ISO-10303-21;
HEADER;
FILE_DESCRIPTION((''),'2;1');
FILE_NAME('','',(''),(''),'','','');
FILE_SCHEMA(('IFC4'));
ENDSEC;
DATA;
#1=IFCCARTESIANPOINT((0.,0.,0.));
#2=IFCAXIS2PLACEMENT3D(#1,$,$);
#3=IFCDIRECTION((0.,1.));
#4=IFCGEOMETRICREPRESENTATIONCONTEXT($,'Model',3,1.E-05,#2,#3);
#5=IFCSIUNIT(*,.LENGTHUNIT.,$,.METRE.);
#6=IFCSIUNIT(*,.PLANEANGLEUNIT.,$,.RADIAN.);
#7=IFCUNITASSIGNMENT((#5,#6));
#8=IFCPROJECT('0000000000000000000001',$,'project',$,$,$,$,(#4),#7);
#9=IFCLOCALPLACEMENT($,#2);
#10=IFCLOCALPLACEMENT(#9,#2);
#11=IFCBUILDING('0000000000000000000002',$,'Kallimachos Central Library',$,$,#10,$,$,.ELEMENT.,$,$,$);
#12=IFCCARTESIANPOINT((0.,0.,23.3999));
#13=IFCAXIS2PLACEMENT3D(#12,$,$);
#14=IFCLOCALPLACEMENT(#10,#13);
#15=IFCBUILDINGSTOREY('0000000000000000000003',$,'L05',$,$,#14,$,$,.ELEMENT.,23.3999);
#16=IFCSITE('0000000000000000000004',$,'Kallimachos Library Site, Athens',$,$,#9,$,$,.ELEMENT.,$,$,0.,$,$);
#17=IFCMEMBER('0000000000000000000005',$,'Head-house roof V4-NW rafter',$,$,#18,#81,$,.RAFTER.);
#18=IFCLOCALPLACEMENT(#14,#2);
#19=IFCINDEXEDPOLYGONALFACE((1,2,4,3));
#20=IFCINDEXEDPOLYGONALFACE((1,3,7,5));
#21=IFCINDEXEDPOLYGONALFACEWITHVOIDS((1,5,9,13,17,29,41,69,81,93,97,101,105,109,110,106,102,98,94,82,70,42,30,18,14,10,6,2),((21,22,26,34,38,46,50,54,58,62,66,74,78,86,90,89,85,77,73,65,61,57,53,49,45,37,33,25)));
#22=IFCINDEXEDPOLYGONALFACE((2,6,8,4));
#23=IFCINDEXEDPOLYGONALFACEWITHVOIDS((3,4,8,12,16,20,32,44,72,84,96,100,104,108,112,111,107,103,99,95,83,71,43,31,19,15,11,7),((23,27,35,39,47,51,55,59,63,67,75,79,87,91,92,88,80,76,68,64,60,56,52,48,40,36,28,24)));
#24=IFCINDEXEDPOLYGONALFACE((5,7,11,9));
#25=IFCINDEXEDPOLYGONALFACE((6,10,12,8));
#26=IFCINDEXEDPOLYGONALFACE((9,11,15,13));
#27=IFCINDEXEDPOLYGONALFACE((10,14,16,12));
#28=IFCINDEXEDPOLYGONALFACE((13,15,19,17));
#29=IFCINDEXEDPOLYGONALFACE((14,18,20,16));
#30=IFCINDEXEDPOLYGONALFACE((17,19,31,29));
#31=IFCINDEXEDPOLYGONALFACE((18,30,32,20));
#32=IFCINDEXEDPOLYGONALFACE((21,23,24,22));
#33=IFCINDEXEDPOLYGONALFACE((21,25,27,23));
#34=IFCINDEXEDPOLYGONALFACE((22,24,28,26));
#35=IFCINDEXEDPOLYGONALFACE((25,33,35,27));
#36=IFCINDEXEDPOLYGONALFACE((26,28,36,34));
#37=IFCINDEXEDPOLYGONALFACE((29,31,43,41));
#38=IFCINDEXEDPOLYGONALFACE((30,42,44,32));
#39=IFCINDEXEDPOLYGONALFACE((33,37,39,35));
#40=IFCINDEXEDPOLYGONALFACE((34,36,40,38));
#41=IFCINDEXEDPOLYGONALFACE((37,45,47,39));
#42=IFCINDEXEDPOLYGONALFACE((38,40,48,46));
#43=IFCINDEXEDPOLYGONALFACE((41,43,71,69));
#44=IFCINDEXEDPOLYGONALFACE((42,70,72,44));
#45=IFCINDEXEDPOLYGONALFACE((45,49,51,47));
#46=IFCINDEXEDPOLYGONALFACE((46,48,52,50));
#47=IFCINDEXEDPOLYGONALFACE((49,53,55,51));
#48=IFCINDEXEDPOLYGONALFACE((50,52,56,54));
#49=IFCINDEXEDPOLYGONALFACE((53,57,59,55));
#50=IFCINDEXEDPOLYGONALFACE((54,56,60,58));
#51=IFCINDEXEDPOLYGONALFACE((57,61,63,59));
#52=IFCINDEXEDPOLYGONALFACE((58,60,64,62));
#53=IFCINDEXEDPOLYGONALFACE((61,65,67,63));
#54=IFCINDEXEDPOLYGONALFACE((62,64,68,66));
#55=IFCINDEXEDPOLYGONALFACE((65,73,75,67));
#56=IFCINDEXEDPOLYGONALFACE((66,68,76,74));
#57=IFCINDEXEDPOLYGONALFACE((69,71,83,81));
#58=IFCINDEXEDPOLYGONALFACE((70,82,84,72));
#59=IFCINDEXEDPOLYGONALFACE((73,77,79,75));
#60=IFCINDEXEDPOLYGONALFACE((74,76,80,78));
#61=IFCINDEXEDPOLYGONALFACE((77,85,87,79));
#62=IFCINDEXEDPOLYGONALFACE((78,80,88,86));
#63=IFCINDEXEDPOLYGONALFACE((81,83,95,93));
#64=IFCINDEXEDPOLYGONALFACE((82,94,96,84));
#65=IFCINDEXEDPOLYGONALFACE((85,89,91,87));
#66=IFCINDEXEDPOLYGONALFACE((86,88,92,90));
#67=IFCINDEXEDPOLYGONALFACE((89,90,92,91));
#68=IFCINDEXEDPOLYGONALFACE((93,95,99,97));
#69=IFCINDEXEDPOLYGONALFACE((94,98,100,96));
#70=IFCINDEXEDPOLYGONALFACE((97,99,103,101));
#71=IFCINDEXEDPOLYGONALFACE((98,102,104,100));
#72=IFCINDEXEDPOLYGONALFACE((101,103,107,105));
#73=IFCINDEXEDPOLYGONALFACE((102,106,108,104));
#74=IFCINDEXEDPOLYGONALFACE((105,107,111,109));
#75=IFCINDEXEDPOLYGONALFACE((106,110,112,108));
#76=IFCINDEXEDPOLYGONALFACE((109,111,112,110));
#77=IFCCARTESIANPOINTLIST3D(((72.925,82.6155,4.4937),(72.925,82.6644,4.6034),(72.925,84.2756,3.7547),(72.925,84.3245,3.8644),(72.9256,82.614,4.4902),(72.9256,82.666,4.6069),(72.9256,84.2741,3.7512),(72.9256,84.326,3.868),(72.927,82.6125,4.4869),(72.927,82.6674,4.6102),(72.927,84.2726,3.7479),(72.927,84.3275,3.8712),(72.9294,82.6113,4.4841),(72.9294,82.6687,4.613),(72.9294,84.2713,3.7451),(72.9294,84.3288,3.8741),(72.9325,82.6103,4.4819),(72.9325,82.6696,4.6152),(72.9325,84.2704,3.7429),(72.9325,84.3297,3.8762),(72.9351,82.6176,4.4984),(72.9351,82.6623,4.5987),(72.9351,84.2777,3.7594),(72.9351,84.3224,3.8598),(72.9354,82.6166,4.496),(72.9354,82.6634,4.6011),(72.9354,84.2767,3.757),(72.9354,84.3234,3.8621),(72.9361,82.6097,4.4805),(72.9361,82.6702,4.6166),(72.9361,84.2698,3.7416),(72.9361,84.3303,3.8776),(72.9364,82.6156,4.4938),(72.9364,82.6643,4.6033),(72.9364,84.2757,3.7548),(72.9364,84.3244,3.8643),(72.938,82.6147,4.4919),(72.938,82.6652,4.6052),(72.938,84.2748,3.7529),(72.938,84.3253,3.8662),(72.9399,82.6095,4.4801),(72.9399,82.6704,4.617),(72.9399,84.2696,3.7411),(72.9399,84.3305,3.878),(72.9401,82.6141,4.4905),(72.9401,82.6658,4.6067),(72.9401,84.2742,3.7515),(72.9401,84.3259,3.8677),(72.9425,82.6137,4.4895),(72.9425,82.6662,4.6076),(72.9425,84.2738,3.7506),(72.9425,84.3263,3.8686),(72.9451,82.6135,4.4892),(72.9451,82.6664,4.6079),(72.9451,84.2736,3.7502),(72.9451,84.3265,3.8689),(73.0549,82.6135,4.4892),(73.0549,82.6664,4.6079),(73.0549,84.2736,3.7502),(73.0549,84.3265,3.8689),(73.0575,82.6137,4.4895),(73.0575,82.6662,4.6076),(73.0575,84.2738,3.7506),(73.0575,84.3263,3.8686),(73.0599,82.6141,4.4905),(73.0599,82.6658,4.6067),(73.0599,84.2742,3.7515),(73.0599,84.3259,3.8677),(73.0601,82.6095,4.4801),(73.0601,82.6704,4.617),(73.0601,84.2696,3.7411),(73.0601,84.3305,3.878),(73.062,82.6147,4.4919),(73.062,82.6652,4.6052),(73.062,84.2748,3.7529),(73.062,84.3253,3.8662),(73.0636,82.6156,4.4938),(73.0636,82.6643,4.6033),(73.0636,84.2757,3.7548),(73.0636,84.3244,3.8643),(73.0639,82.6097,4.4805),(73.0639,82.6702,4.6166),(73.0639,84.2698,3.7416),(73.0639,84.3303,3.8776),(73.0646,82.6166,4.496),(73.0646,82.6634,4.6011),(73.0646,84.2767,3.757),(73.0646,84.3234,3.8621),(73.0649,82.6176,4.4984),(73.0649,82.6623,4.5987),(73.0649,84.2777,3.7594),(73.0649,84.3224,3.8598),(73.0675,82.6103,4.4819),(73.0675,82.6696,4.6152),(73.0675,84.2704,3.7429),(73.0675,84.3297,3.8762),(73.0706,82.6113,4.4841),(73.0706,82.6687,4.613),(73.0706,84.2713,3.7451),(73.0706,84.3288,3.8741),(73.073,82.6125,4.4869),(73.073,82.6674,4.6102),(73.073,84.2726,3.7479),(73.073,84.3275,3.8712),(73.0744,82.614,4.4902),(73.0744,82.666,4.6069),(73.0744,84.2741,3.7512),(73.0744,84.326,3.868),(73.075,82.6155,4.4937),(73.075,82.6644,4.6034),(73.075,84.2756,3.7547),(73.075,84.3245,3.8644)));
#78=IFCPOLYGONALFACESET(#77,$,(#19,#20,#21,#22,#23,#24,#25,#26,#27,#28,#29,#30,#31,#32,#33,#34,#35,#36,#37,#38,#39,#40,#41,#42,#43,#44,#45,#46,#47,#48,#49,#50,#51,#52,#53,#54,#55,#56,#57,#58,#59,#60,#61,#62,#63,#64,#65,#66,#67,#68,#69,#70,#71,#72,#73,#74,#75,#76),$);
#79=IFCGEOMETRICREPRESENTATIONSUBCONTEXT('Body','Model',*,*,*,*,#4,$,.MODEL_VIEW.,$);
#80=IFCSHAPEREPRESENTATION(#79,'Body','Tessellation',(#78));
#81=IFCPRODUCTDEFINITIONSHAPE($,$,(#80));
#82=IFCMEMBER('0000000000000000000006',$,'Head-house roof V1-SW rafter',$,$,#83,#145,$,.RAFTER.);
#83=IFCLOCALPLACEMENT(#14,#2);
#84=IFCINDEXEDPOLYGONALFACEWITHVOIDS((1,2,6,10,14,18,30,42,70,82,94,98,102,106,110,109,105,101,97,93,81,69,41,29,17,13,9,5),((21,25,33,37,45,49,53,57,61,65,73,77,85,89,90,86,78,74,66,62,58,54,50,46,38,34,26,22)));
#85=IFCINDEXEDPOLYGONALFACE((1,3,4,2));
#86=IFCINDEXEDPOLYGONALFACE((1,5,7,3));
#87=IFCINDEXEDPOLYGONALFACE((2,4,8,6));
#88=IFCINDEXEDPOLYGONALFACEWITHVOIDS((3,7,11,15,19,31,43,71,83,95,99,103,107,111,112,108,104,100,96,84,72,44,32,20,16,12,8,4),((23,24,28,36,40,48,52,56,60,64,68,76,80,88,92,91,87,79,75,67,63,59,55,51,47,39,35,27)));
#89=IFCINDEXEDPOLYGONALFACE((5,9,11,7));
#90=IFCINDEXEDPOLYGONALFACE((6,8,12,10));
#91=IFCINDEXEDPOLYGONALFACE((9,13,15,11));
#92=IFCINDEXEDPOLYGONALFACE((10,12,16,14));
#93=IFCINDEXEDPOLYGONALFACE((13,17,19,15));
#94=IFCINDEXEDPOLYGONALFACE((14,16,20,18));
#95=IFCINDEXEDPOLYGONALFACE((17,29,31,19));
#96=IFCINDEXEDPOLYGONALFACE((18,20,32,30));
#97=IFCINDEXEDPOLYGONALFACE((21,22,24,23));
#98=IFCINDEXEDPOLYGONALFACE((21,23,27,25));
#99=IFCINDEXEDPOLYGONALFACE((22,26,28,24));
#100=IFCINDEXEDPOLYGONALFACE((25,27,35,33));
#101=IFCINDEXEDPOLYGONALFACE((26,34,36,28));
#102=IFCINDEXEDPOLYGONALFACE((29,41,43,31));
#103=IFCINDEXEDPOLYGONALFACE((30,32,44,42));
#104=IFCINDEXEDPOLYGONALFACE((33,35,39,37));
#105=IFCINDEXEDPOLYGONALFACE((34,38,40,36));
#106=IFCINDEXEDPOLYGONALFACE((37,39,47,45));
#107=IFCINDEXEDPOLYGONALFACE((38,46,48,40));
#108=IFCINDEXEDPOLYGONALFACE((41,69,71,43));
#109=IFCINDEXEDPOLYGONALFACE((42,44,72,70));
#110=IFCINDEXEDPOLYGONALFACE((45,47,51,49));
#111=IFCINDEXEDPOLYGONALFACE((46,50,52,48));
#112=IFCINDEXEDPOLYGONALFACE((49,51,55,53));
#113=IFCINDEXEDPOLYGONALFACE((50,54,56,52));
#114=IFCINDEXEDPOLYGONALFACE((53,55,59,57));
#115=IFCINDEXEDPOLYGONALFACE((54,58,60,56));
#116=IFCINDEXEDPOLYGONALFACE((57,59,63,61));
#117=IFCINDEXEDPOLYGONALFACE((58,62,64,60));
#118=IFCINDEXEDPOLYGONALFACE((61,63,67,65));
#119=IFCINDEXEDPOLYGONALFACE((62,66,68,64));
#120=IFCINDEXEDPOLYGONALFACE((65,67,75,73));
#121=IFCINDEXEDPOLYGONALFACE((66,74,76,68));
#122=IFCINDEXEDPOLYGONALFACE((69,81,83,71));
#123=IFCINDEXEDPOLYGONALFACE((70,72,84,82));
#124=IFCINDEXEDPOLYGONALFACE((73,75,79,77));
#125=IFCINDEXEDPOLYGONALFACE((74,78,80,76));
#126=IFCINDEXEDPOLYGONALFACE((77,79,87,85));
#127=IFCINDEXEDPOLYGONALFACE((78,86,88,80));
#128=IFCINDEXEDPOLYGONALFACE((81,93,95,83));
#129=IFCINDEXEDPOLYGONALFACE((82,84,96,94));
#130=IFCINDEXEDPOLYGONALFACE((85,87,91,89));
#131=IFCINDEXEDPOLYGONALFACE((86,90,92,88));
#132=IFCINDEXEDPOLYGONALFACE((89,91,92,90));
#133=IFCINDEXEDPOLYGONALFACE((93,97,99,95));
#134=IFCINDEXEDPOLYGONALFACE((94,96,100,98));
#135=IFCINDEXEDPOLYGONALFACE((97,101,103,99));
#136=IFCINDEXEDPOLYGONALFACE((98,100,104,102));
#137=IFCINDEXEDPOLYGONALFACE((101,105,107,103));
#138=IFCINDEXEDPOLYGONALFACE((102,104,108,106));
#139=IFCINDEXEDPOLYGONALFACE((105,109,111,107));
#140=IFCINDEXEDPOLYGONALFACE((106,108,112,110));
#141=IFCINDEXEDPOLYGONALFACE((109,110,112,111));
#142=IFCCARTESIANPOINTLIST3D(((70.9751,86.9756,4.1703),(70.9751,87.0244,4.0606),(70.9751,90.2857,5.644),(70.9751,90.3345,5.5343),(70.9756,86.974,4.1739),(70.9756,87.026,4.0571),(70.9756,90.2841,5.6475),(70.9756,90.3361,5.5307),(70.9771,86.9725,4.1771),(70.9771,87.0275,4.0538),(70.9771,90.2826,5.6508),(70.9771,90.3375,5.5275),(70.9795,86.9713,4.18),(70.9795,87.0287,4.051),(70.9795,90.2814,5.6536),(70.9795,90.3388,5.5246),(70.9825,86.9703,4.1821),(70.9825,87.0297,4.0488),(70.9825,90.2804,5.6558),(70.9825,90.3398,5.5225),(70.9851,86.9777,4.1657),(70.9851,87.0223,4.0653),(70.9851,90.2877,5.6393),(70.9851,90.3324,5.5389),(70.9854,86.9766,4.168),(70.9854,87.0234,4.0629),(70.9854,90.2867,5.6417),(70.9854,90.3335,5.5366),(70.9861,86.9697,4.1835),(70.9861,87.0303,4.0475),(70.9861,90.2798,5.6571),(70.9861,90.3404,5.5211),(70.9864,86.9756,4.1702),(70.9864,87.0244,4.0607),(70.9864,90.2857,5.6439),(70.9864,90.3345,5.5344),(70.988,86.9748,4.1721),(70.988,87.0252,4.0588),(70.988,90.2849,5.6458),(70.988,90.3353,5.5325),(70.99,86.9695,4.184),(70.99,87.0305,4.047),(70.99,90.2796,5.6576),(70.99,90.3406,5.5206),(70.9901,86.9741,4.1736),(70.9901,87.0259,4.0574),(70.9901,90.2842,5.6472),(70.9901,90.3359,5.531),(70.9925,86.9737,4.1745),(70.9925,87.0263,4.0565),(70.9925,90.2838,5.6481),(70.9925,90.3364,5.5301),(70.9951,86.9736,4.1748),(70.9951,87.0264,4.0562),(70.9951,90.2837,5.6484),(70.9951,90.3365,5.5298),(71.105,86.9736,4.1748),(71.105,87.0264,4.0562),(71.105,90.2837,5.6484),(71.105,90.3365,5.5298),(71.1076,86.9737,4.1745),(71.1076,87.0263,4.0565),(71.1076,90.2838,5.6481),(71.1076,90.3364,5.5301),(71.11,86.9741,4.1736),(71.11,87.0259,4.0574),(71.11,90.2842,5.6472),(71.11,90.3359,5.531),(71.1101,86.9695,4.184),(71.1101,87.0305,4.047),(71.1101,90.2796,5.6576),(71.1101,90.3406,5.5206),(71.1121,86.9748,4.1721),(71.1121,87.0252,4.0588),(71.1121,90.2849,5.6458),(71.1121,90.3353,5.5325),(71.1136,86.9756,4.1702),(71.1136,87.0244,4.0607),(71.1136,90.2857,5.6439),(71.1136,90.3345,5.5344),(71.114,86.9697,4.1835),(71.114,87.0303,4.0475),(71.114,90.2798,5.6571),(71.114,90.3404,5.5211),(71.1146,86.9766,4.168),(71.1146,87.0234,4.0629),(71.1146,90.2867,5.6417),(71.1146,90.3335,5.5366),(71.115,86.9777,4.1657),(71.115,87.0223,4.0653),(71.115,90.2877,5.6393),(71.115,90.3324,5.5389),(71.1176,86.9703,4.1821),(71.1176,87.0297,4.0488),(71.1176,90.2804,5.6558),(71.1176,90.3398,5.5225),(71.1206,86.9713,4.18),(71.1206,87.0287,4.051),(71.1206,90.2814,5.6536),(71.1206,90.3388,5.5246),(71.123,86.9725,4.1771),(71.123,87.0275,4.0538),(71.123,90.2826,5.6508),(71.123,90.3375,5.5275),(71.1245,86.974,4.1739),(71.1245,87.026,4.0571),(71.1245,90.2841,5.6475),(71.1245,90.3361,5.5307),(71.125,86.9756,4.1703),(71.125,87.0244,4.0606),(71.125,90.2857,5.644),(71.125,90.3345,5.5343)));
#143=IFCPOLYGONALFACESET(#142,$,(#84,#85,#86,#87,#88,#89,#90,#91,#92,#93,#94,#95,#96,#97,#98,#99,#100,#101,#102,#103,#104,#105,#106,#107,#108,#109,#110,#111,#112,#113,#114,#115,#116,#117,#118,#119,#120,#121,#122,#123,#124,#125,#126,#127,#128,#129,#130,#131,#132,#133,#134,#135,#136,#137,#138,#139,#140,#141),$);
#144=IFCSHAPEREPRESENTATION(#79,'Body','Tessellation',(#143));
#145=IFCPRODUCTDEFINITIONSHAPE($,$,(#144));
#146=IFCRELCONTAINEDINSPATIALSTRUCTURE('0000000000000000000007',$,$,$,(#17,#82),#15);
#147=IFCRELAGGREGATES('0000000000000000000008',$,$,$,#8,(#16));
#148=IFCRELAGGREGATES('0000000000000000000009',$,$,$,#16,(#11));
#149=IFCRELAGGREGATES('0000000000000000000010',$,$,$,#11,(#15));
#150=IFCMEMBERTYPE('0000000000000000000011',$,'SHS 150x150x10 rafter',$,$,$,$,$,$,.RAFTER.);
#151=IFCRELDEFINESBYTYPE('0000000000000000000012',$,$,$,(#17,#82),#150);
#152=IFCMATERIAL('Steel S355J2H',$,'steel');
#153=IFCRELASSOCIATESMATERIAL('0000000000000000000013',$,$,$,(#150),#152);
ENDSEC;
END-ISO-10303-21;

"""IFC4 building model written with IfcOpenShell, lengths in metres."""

from ifc_helpers import new_model, si_unit, direction, frame, origin, origin_2d, place, context, subcontext, project, spatial, hollow_rectangle, extrude, material, material_profile, profile_set, type_object, element, save


model = new_model("IFC4")

# Units and contexts
model_context = context("Model", 3, precision=1e-05, world=origin(), true_north=direction((0.0, 1.0)))
body_context = subcontext(model_context, "Body", "Model", "MODEL_VIEW")
ifc_project = project(units=[si_unit("LENGTHUNIT", "METRE"), si_unit("PLANEANGLEUNIT", "RADIAN")], contexts=[model_context])

# Site, building, storey
site_placement = place(None, origin())
site = spatial("IfcSite", under=ifc_project, at=site_placement, Name="Kallimachos Library Site, Athens", CompositionType="ELEMENT", RefElevation=0.0)
building_placement = place(site_placement, origin())
building = spatial("IfcBuilding", under=site, at=building_placement, Name="Kallimachos Central Library", CompositionType="ELEMENT")
storey_placement = place(building_placement, frame((0.0, 0.0, 23.3999)))
storey = spatial("IfcBuildingStorey", under=building, at=storey_placement, Name="L05", CompositionType="ELEMENT", Elevation=23.3999)

# Members
ifc_material_1 = material(Name="Steel S355J2H", Category="steel")
ifc_material_profile_1 = material_profile(ifc_material_1, hollow_rectangle(XDim=0.1499, YDim=0.1499, WallThickness=0.01, InnerFilletRadius=0.01, OuterFilletRadius=0.0149, at=origin_2d()), Name="SHS 150x150x10")
ifc_profile_set_1 = profile_set([ifc_material_profile_1], Name="Steel S355J2H")
member_type_1 = type_object("IfcMemberType", Name="SHS 150x150x10 rafter", PredefinedType="RAFTER", material=ifc_profile_set_1)
member_1_placement = place(storey_placement, frame((73.0, 84.3, 3.8096), z_axis=(0.0, -0.913573, 0.406674), x_axis=(1.0, 0.0, 0.0)))
element("IfcMember", 1, at=member_1_placement, inside=storey, type_object=member_type_1, Name="Head-house roof V4-NW rafter", PredefinedType="RAFTER", context=body_context, shape_type="SweptSolid", body=[
    extrude(hollow_rectangle(XDim=0.1499, YDim=0.1499, WallThickness=0.01, InnerFilletRadius=0.01, OuterFilletRadius=0.0149, at=origin_2d()), origin(), (0.0, 0.0, 1.0), 1.8171),
])
member_2_placement = place(storey_placement, frame((71.05, 87.0, 4.1155), z_axis=(0.0, 0.913556, 0.406714), x_axis=(-1.0, 0.0, 0.0)))
element("IfcMember", 2, at=member_2_placement, inside=storey, type_object=member_type_1, Name="Head-house roof V1-SW rafter", PredefinedType="RAFTER", context=body_context, shape_type="SweptSolid", body=[
    extrude(hollow_rectangle(XDim=0.1499, YDim=0.1499, WallThickness=0.01, InnerFilletRadius=0.01, OuterFilletRadius=0.0149, at=origin_2d()), origin(), (0.0, 0.0, 1.0), 3.6233),
])

save(model, "model.ifc")
